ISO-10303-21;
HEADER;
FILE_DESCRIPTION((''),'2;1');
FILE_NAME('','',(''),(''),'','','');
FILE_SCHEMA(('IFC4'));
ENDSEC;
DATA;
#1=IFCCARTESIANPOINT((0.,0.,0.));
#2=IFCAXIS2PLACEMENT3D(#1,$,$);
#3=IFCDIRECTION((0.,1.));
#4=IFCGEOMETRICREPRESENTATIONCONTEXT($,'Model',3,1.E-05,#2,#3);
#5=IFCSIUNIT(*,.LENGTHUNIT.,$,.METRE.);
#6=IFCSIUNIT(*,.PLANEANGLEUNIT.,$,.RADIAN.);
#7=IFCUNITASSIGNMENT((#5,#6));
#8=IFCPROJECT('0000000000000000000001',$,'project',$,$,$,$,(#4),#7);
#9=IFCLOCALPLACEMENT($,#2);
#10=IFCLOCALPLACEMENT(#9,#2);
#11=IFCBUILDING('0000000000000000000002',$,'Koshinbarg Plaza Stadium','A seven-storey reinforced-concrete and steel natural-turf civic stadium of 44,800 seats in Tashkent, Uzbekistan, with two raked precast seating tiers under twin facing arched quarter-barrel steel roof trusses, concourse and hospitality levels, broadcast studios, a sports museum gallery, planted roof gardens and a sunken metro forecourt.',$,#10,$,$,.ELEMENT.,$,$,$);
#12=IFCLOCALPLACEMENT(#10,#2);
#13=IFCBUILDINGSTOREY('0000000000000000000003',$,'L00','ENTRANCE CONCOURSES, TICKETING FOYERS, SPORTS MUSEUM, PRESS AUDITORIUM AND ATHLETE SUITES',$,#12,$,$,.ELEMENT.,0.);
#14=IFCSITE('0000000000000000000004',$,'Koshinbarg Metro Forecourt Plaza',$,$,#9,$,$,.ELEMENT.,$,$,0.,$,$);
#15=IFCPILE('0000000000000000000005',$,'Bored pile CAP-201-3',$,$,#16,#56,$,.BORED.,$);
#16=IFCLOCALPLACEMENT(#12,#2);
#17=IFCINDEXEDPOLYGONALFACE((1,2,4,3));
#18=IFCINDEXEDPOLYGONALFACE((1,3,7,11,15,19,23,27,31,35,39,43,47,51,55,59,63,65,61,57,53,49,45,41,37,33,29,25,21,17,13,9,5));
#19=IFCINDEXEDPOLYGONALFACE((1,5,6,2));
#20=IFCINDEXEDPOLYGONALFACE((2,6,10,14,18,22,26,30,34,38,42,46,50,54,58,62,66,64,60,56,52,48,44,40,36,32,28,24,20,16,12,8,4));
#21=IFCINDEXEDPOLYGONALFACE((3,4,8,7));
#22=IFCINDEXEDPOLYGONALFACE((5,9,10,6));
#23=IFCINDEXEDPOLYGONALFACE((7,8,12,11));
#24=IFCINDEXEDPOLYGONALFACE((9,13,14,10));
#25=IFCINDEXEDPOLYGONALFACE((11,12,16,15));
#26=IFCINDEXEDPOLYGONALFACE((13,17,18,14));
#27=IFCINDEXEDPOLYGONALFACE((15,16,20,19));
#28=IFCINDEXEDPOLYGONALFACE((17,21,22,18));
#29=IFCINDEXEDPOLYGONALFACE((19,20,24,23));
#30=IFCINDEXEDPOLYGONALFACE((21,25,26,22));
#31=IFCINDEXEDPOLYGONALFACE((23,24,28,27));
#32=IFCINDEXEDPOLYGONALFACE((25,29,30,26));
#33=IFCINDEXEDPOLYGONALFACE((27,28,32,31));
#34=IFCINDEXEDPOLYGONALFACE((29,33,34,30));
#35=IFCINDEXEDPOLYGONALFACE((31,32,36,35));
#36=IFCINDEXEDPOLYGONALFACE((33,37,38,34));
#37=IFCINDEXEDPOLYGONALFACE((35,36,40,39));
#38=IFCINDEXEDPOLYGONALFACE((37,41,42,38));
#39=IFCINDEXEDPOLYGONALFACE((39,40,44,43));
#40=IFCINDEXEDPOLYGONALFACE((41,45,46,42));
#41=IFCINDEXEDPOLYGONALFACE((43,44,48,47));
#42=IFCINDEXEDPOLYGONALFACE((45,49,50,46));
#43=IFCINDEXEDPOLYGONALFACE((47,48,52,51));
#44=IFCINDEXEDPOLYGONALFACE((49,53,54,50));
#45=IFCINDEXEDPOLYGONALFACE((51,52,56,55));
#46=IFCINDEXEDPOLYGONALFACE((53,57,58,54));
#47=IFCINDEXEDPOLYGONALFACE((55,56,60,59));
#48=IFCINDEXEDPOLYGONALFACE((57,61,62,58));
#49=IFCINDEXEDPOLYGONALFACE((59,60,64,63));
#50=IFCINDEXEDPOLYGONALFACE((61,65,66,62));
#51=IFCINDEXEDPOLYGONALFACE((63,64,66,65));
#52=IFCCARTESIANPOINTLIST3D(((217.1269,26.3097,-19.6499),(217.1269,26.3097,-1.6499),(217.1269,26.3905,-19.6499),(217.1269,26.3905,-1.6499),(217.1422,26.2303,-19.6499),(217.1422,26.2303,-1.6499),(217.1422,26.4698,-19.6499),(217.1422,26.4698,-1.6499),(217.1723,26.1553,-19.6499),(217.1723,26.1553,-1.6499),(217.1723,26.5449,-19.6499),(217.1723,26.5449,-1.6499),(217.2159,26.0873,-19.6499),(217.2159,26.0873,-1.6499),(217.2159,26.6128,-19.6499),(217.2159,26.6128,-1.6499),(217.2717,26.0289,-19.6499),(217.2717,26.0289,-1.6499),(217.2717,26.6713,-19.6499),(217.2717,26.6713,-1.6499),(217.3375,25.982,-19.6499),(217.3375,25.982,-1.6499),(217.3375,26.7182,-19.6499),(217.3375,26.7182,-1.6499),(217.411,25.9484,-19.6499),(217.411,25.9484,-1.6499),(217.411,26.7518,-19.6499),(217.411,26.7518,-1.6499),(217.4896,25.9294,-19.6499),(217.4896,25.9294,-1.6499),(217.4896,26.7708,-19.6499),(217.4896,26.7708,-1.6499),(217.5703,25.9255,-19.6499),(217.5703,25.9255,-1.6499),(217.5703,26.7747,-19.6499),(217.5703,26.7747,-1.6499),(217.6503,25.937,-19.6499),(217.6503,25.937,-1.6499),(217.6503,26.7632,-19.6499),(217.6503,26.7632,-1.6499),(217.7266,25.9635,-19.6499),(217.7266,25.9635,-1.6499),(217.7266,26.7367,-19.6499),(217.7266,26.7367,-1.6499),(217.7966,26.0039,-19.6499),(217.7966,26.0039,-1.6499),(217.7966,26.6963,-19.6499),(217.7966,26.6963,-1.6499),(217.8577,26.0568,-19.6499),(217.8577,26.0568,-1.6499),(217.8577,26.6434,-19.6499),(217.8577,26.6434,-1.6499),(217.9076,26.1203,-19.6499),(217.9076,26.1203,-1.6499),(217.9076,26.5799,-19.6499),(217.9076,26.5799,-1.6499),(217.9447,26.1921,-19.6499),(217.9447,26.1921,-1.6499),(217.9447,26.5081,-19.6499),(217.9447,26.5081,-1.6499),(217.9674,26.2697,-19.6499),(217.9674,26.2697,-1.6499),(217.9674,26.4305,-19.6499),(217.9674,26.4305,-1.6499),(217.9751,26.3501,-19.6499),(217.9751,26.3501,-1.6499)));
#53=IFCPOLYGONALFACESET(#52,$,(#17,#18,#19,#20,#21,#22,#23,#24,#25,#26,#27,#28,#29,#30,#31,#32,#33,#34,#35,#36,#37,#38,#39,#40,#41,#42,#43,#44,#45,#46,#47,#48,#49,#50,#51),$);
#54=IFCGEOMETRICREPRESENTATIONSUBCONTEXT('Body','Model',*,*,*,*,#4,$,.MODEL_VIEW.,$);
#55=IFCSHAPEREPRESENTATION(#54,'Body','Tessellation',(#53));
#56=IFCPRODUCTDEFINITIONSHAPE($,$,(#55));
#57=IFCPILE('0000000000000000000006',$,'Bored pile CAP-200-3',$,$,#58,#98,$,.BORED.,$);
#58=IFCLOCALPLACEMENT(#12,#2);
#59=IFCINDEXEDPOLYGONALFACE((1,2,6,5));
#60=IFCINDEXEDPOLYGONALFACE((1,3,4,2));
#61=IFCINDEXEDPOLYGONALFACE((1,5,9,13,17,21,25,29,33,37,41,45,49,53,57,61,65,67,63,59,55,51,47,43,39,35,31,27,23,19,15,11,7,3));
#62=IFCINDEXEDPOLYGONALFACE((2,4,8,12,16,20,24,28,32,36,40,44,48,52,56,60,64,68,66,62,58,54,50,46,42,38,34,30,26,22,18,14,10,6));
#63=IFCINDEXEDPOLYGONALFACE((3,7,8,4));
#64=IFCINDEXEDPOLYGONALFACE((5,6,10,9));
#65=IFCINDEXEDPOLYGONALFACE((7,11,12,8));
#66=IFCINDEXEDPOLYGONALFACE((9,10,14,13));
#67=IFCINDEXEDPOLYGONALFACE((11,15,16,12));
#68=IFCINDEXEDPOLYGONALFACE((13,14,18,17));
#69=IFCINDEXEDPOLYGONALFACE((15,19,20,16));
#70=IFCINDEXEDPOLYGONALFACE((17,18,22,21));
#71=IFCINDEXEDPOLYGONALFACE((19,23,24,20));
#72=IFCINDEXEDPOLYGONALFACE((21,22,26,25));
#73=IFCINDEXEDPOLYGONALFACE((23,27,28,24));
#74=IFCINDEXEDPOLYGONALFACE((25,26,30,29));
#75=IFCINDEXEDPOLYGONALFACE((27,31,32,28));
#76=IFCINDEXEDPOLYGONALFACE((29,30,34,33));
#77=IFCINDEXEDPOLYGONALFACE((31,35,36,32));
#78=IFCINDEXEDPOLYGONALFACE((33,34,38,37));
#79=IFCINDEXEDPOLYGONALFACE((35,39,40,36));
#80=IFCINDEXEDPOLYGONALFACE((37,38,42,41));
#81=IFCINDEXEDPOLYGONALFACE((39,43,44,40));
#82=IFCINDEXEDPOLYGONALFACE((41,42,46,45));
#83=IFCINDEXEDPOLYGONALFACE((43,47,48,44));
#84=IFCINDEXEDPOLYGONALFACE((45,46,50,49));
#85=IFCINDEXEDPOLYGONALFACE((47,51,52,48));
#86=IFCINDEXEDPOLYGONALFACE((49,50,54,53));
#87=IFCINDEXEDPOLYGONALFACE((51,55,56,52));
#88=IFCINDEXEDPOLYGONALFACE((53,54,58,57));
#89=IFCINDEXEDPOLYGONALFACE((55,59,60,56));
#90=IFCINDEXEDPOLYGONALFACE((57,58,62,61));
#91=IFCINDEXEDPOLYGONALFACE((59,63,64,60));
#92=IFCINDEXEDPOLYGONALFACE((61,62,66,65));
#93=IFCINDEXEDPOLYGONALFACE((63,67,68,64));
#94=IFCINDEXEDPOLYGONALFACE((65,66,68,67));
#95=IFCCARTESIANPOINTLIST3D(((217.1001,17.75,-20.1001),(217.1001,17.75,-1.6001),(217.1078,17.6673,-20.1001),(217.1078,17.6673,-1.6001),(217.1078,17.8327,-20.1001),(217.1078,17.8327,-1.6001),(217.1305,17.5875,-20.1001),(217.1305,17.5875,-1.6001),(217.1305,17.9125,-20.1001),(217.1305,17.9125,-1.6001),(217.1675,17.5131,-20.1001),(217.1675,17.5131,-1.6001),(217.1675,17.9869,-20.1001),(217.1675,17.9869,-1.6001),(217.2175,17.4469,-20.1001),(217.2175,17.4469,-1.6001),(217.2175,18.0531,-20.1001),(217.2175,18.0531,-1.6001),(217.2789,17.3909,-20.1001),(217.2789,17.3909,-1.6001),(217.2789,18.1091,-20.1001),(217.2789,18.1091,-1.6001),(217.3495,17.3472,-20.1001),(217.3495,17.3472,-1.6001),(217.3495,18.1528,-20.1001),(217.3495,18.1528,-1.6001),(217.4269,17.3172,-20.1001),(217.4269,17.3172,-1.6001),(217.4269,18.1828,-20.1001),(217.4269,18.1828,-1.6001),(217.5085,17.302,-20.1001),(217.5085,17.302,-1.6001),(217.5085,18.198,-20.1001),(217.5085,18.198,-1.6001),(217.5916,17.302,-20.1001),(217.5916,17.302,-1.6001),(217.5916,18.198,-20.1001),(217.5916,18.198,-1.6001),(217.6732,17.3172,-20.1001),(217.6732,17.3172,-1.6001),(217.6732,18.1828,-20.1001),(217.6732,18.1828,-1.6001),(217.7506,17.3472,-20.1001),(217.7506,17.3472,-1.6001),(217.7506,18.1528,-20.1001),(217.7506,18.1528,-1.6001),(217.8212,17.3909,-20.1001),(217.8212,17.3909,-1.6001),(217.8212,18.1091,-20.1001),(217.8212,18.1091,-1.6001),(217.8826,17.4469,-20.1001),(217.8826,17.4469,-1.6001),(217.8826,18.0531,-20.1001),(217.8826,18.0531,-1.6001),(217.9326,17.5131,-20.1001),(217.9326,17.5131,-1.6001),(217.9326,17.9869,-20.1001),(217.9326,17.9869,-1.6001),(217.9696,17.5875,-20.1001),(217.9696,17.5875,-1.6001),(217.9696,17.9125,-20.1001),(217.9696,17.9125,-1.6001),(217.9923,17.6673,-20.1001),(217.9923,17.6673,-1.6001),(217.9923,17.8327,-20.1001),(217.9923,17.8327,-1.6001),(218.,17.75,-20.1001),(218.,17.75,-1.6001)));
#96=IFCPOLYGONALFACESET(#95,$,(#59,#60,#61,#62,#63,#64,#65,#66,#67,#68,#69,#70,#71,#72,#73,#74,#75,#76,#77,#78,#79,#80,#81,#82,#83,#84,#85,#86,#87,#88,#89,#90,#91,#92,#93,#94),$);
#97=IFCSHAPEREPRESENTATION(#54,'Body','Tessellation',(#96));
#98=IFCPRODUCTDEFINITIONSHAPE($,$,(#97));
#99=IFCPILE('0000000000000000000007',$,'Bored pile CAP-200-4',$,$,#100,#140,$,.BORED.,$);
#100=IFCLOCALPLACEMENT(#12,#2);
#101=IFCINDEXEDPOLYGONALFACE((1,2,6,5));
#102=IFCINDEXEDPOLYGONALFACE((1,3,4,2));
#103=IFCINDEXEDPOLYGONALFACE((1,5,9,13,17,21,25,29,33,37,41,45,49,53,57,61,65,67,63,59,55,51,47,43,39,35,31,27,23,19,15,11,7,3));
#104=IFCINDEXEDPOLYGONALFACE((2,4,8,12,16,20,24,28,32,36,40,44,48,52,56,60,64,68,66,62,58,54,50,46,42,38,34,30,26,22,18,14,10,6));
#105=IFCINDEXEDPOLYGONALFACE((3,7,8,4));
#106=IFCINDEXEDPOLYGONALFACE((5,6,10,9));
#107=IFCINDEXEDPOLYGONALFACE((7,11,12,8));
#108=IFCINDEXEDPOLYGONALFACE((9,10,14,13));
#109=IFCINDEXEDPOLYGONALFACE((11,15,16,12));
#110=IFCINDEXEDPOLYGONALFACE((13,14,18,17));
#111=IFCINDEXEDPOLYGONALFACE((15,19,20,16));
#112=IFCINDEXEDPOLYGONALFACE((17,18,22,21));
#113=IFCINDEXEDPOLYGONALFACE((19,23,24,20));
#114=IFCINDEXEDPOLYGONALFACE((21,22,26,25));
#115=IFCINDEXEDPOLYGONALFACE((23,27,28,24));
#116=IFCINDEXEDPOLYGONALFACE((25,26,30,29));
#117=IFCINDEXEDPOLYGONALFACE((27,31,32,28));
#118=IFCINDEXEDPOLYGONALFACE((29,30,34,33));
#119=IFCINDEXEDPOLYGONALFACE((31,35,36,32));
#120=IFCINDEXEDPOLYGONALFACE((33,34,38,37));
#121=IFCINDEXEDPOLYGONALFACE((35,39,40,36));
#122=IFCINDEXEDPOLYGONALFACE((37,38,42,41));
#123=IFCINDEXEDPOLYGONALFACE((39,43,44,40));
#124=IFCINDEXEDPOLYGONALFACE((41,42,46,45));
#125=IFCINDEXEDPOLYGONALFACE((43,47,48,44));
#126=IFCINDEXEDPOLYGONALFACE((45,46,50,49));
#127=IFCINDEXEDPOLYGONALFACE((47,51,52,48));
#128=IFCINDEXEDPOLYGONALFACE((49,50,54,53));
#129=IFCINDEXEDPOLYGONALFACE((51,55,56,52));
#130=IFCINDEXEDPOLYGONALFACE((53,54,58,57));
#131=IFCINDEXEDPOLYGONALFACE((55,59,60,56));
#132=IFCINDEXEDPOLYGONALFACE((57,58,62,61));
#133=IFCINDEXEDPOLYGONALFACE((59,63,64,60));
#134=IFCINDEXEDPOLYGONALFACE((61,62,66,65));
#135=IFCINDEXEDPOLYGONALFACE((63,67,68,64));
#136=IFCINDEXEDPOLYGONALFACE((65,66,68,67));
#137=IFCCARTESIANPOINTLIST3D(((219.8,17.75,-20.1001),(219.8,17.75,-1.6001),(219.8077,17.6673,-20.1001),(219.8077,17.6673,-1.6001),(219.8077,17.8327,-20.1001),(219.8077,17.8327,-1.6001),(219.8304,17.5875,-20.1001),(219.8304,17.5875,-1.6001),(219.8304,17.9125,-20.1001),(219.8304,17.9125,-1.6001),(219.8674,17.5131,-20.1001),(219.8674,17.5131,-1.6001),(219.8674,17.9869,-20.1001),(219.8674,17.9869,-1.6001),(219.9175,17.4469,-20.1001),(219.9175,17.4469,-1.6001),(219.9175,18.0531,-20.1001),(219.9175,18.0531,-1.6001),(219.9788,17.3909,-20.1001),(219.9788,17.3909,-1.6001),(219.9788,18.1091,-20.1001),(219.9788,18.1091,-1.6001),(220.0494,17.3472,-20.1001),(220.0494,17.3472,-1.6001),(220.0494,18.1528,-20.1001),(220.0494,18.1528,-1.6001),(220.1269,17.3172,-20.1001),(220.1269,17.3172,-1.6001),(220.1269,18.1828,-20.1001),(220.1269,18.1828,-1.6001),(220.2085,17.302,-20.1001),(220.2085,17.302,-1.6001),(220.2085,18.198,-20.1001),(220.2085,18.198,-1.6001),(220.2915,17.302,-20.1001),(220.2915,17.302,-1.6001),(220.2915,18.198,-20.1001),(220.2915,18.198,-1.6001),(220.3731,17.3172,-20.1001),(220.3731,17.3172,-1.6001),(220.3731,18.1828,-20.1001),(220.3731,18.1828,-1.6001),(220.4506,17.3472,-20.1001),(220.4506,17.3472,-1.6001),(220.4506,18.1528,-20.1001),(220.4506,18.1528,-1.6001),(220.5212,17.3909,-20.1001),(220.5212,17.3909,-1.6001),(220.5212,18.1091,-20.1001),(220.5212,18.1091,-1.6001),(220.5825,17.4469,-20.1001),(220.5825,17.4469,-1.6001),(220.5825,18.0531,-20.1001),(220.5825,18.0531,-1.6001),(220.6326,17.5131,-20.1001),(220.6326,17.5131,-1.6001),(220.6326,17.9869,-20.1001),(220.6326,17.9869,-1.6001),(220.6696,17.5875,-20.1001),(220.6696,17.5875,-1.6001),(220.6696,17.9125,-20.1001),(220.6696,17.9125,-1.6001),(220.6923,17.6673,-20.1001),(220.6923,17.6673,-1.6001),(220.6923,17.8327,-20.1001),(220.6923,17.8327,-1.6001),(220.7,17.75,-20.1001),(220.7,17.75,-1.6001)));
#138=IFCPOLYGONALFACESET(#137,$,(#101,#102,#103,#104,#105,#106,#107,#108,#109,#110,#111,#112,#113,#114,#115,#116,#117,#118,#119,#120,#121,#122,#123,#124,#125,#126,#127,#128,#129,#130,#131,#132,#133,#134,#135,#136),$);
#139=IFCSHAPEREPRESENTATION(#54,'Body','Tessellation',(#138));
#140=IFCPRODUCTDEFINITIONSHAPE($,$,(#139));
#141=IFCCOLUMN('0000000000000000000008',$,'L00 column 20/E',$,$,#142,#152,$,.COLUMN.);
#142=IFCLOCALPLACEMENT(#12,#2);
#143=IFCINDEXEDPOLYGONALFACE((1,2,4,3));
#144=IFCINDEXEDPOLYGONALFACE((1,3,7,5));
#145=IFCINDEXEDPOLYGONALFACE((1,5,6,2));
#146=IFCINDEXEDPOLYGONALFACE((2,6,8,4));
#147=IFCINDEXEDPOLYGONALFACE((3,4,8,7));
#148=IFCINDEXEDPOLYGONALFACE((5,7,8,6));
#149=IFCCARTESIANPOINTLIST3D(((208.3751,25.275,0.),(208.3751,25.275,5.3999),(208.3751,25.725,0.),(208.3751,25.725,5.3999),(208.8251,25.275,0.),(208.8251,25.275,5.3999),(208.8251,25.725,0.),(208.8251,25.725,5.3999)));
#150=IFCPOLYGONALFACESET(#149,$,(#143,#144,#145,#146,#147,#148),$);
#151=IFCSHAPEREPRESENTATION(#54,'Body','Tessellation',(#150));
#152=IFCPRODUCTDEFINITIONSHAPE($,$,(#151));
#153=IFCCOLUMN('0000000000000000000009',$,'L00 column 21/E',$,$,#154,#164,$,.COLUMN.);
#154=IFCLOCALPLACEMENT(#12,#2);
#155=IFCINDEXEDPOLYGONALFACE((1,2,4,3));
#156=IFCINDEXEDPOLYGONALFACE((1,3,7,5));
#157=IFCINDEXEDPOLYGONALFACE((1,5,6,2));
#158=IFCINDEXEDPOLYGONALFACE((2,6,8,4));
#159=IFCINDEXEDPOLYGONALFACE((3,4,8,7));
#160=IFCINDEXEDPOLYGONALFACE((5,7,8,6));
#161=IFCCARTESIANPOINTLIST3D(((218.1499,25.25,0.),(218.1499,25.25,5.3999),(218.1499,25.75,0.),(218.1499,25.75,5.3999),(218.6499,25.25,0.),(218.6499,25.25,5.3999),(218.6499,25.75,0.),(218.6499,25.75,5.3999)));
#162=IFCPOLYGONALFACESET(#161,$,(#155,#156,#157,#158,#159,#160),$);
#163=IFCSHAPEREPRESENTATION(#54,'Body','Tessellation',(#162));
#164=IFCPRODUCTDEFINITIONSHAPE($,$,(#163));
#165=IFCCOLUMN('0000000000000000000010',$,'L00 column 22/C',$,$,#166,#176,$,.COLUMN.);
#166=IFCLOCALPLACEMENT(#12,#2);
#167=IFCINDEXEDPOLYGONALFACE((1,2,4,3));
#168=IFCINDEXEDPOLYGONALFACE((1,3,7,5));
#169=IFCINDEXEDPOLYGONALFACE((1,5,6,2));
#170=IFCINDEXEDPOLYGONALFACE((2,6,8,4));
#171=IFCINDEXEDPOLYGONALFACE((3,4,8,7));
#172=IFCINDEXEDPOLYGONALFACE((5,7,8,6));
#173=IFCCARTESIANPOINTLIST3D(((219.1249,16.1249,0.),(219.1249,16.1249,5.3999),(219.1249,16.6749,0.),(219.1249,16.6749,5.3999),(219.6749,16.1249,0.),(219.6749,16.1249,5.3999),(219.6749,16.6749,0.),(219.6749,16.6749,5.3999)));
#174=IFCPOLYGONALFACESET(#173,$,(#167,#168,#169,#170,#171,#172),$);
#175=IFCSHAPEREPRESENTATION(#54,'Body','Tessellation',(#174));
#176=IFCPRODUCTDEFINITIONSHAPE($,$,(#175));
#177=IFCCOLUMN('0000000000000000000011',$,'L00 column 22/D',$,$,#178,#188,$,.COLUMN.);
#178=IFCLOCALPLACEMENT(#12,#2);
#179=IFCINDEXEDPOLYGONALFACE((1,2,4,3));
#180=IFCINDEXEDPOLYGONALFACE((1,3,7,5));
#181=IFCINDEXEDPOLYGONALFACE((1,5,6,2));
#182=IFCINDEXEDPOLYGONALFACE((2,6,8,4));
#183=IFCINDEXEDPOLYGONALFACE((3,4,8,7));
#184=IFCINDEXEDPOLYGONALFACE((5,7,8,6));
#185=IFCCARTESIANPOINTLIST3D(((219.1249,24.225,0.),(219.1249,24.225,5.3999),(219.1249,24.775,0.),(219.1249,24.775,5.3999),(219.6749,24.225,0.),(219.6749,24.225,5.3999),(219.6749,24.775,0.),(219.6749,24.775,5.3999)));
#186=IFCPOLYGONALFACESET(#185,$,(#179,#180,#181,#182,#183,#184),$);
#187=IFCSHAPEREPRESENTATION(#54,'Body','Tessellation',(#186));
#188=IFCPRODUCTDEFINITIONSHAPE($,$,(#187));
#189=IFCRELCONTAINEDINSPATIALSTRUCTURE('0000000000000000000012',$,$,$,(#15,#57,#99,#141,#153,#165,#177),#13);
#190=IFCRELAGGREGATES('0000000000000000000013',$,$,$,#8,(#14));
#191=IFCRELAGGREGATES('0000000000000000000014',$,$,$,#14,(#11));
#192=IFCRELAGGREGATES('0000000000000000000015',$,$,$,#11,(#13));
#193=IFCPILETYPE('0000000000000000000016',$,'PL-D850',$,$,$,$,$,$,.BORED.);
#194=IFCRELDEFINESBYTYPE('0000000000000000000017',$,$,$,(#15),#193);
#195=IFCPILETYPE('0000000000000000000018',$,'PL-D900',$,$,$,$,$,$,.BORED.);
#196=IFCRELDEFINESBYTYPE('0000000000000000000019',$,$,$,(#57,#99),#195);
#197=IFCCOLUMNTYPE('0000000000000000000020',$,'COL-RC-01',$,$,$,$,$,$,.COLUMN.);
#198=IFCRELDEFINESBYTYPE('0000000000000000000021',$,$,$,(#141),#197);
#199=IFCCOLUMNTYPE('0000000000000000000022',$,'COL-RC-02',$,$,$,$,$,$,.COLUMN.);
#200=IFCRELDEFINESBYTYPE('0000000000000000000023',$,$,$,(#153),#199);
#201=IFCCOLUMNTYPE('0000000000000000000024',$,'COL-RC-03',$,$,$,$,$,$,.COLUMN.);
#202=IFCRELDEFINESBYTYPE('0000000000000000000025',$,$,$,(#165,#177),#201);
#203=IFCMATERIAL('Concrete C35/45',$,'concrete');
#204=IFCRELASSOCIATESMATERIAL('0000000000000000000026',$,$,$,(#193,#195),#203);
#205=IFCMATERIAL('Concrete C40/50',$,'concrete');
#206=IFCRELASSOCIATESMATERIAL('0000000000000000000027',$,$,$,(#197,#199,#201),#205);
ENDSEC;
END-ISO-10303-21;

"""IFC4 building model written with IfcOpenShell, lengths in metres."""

from ifc_helpers import new_model, si_unit, direction, frame, origin, origin_2d, place, context, subcontext, project, spatial, rectangle, circle, extrude, material, material_profile, profile_set, type_object, element, save


model = new_model("IFC4")

# Units and contexts
model_context = context("Model", 3, precision=1e-05, world=origin(), true_north=direction((0.0, 1.0)))
body_context = subcontext(model_context, "Body", "Model", "MODEL_VIEW")
ifc_project = project(units=[si_unit("LENGTHUNIT", "METRE"), si_unit("PLANEANGLEUNIT", "RADIAN")], contexts=[model_context])

# Site, building, storey
site_placement = place(None, origin())
site = spatial("IfcSite", under=ifc_project, at=site_placement, Name="Koshinbarg Metro Forecourt Plaza", CompositionType="ELEMENT", RefElevation=0.0)
building_placement = place(site_placement, origin())
building = spatial("IfcBuilding", under=site, at=building_placement, Name="Koshinbarg Plaza Stadium", Description="A seven-storey reinforced-concrete and steel natural-turf civic stadium of 44,800 seats in Tashkent, Uzbekistan, with two raked precast seating tiers under twin facing arched quarter-barrel steel roof trusses, concourse and hospitality levels, broadcast studios, a sports museum gallery, planted roof gardens and a sunken metro forecourt.", CompositionType="ELEMENT")
storey_placement = place(building_placement, origin())
storey = spatial("IfcBuildingStorey", under=building, at=storey_placement, Name="L00", Description="ENTRANCE CONCOURSES, TICKETING FOYERS, SPORTS MUSEUM, PRESS AUDITORIUM AND ATHLETE SUITES", CompositionType="ELEMENT", Elevation=0.0)

# Shared definitions
ifc_material_1 = material(Name="Concrete C35/45", Category="concrete")

# Piles
ifc_material_profile_1 = material_profile(ifc_material_1, circle(Radius=0.425, at=origin_2d()), Name="PILE D850")
ifc_profile_set_1 = profile_set([ifc_material_profile_1], Name="Concrete C35/45")
pile_type_1 = type_object("IfcPileType", Name="PL-D850", PredefinedType="BORED", material=ifc_profile_set_1)
for number, where, z_axis, x_axis, name in (
    (1, (217.55, 26.3501, -1.6499), (0.0, 0.0, -1.0), (1.0, 0.0, 0.0), "Bored pile CAP-201-3"),
):
    element("IfcPile", number, at=place(storey_placement, frame(where, z_axis=z_axis, x_axis=x_axis)), inside=storey, type_object=pile_type_1, Name=name, PredefinedType="BORED", context=body_context, shape_type="SweptSolid", body=[
        extrude(circle(Radius=0.425, at=origin_2d()), origin(), (0.0, 0.0, 1.0), 18.0),
    ])
ifc_material_profile_2 = material_profile(ifc_material_1, circle(Radius=0.45, at=origin_2d()), Name="PILE D900")
ifc_profile_set_2 = profile_set([ifc_material_profile_2], Name="Concrete C35/45")
pile_type_2 = type_object("IfcPileType", Name="PL-D900", PredefinedType="BORED", material=ifc_profile_set_2)
for number, where, z_axis, x_axis, name in (
    (2, (217.55, 17.75, -1.6001), (0.0, 0.0, -1.0), (1.0, 0.0, 0.0), "Bored pile CAP-200-3"),
    (3, (220.25, 17.75, -1.6001), (0.0, 0.0, -1.0), (1.0, 0.0, 0.0), "Bored pile CAP-200-4"),
):
    element("IfcPile", number, at=place(storey_placement, frame(where, z_axis=z_axis, x_axis=x_axis)), inside=storey, type_object=pile_type_2, Name=name, PredefinedType="BORED", context=body_context, shape_type="SweptSolid", body=[
        extrude(circle(Radius=0.45, at=origin_2d()), origin(), (0.0, 0.0, 1.0), 18.5),
    ])

# Columns
ifc_material_2 = material(Name="Concrete C40/50", Category="concrete")
ifc_material_profile_3 = material_profile(ifc_material_2, rectangle(XDim=0.45, YDim=0.45, at=origin_2d()), Name="RC 450x450")
ifc_profile_set_3 = profile_set([ifc_material_profile_3], Name="Concrete C40/50")
column_type_1 = type_object("IfcColumnType", Name="COL-RC-01", PredefinedType="COLUMN", material=ifc_profile_set_3)
column_1_placement = place(storey_placement, frame((208.6001, 25.5, 0.0), z_axis=(0.0, 0.0, 1.0), x_axis=(1.0, 0.0, 0.0)))
element("IfcColumn", 4, at=column_1_placement, inside=storey, type_object=column_type_1, Name="L00 column 20/E", PredefinedType="COLUMN", context=body_context, shape_type="SweptSolid", body=[
    extrude(rectangle(XDim=0.45, YDim=0.45, at=origin_2d()), origin(), (0.0, 0.0, 1.0), 5.3999),
])
ifc_material_profile_4 = material_profile(ifc_material_2, rectangle(XDim=0.5, YDim=0.5, at=origin_2d()), Name="RC 500x500")
ifc_profile_set_4 = profile_set([ifc_material_profile_4], Name="Concrete C40/50")
column_type_2 = type_object("IfcColumnType", Name="COL-RC-02", PredefinedType="COLUMN", material=ifc_profile_set_4)
column_2_placement = place(storey_placement, frame((218.3999, 25.5, 0.0), z_axis=(0.0, 0.0, 1.0), x_axis=(1.0, 0.0, 0.0)))
element("IfcColumn", 5, at=column_2_placement, inside=storey, type_object=column_type_2, Name="L00 column 21/E", PredefinedType="COLUMN", context=body_context, shape_type="SweptSolid", body=[
    extrude(rectangle(XDim=0.5, YDim=0.5, at=origin_2d()), origin(), (0.0, 0.0, 1.0), 5.3999),
])
ifc_material_profile_5 = material_profile(ifc_material_2, rectangle(XDim=0.55, YDim=0.55, at=origin_2d()), Name="RC 550x550")
ifc_profile_set_5 = profile_set([ifc_material_profile_5], Name="Concrete C40/50")
column_type_3 = type_object("IfcColumnType", Name="COL-RC-03", PredefinedType="COLUMN", material=ifc_profile_set_5)
for number, where, z_axis, x_axis, name in (
    (6, (219.3999, 16.3999, 0.0), (0.0, 0.0, 1.0), (1.0, 0.0, 0.0), "L00 column 22/C"),
    (7, (219.3999, 24.5, 0.0), (0.0, 0.0, 1.0), (1.0, 0.0, 0.0), "L00 column 22/D"),
):
    element("IfcColumn", number, at=place(storey_placement, frame(where, z_axis=z_axis, x_axis=x_axis)), inside=storey, type_object=column_type_3, Name=name, PredefinedType="COLUMN", context=body_context, shape_type="SweptSolid", body=[
        extrude(rectangle(XDim=0.55, YDim=0.55, at=origin_2d()), origin(), (0.0, 0.0, 1.0), 5.3999),
    ])

save(model, "model.ifc")
